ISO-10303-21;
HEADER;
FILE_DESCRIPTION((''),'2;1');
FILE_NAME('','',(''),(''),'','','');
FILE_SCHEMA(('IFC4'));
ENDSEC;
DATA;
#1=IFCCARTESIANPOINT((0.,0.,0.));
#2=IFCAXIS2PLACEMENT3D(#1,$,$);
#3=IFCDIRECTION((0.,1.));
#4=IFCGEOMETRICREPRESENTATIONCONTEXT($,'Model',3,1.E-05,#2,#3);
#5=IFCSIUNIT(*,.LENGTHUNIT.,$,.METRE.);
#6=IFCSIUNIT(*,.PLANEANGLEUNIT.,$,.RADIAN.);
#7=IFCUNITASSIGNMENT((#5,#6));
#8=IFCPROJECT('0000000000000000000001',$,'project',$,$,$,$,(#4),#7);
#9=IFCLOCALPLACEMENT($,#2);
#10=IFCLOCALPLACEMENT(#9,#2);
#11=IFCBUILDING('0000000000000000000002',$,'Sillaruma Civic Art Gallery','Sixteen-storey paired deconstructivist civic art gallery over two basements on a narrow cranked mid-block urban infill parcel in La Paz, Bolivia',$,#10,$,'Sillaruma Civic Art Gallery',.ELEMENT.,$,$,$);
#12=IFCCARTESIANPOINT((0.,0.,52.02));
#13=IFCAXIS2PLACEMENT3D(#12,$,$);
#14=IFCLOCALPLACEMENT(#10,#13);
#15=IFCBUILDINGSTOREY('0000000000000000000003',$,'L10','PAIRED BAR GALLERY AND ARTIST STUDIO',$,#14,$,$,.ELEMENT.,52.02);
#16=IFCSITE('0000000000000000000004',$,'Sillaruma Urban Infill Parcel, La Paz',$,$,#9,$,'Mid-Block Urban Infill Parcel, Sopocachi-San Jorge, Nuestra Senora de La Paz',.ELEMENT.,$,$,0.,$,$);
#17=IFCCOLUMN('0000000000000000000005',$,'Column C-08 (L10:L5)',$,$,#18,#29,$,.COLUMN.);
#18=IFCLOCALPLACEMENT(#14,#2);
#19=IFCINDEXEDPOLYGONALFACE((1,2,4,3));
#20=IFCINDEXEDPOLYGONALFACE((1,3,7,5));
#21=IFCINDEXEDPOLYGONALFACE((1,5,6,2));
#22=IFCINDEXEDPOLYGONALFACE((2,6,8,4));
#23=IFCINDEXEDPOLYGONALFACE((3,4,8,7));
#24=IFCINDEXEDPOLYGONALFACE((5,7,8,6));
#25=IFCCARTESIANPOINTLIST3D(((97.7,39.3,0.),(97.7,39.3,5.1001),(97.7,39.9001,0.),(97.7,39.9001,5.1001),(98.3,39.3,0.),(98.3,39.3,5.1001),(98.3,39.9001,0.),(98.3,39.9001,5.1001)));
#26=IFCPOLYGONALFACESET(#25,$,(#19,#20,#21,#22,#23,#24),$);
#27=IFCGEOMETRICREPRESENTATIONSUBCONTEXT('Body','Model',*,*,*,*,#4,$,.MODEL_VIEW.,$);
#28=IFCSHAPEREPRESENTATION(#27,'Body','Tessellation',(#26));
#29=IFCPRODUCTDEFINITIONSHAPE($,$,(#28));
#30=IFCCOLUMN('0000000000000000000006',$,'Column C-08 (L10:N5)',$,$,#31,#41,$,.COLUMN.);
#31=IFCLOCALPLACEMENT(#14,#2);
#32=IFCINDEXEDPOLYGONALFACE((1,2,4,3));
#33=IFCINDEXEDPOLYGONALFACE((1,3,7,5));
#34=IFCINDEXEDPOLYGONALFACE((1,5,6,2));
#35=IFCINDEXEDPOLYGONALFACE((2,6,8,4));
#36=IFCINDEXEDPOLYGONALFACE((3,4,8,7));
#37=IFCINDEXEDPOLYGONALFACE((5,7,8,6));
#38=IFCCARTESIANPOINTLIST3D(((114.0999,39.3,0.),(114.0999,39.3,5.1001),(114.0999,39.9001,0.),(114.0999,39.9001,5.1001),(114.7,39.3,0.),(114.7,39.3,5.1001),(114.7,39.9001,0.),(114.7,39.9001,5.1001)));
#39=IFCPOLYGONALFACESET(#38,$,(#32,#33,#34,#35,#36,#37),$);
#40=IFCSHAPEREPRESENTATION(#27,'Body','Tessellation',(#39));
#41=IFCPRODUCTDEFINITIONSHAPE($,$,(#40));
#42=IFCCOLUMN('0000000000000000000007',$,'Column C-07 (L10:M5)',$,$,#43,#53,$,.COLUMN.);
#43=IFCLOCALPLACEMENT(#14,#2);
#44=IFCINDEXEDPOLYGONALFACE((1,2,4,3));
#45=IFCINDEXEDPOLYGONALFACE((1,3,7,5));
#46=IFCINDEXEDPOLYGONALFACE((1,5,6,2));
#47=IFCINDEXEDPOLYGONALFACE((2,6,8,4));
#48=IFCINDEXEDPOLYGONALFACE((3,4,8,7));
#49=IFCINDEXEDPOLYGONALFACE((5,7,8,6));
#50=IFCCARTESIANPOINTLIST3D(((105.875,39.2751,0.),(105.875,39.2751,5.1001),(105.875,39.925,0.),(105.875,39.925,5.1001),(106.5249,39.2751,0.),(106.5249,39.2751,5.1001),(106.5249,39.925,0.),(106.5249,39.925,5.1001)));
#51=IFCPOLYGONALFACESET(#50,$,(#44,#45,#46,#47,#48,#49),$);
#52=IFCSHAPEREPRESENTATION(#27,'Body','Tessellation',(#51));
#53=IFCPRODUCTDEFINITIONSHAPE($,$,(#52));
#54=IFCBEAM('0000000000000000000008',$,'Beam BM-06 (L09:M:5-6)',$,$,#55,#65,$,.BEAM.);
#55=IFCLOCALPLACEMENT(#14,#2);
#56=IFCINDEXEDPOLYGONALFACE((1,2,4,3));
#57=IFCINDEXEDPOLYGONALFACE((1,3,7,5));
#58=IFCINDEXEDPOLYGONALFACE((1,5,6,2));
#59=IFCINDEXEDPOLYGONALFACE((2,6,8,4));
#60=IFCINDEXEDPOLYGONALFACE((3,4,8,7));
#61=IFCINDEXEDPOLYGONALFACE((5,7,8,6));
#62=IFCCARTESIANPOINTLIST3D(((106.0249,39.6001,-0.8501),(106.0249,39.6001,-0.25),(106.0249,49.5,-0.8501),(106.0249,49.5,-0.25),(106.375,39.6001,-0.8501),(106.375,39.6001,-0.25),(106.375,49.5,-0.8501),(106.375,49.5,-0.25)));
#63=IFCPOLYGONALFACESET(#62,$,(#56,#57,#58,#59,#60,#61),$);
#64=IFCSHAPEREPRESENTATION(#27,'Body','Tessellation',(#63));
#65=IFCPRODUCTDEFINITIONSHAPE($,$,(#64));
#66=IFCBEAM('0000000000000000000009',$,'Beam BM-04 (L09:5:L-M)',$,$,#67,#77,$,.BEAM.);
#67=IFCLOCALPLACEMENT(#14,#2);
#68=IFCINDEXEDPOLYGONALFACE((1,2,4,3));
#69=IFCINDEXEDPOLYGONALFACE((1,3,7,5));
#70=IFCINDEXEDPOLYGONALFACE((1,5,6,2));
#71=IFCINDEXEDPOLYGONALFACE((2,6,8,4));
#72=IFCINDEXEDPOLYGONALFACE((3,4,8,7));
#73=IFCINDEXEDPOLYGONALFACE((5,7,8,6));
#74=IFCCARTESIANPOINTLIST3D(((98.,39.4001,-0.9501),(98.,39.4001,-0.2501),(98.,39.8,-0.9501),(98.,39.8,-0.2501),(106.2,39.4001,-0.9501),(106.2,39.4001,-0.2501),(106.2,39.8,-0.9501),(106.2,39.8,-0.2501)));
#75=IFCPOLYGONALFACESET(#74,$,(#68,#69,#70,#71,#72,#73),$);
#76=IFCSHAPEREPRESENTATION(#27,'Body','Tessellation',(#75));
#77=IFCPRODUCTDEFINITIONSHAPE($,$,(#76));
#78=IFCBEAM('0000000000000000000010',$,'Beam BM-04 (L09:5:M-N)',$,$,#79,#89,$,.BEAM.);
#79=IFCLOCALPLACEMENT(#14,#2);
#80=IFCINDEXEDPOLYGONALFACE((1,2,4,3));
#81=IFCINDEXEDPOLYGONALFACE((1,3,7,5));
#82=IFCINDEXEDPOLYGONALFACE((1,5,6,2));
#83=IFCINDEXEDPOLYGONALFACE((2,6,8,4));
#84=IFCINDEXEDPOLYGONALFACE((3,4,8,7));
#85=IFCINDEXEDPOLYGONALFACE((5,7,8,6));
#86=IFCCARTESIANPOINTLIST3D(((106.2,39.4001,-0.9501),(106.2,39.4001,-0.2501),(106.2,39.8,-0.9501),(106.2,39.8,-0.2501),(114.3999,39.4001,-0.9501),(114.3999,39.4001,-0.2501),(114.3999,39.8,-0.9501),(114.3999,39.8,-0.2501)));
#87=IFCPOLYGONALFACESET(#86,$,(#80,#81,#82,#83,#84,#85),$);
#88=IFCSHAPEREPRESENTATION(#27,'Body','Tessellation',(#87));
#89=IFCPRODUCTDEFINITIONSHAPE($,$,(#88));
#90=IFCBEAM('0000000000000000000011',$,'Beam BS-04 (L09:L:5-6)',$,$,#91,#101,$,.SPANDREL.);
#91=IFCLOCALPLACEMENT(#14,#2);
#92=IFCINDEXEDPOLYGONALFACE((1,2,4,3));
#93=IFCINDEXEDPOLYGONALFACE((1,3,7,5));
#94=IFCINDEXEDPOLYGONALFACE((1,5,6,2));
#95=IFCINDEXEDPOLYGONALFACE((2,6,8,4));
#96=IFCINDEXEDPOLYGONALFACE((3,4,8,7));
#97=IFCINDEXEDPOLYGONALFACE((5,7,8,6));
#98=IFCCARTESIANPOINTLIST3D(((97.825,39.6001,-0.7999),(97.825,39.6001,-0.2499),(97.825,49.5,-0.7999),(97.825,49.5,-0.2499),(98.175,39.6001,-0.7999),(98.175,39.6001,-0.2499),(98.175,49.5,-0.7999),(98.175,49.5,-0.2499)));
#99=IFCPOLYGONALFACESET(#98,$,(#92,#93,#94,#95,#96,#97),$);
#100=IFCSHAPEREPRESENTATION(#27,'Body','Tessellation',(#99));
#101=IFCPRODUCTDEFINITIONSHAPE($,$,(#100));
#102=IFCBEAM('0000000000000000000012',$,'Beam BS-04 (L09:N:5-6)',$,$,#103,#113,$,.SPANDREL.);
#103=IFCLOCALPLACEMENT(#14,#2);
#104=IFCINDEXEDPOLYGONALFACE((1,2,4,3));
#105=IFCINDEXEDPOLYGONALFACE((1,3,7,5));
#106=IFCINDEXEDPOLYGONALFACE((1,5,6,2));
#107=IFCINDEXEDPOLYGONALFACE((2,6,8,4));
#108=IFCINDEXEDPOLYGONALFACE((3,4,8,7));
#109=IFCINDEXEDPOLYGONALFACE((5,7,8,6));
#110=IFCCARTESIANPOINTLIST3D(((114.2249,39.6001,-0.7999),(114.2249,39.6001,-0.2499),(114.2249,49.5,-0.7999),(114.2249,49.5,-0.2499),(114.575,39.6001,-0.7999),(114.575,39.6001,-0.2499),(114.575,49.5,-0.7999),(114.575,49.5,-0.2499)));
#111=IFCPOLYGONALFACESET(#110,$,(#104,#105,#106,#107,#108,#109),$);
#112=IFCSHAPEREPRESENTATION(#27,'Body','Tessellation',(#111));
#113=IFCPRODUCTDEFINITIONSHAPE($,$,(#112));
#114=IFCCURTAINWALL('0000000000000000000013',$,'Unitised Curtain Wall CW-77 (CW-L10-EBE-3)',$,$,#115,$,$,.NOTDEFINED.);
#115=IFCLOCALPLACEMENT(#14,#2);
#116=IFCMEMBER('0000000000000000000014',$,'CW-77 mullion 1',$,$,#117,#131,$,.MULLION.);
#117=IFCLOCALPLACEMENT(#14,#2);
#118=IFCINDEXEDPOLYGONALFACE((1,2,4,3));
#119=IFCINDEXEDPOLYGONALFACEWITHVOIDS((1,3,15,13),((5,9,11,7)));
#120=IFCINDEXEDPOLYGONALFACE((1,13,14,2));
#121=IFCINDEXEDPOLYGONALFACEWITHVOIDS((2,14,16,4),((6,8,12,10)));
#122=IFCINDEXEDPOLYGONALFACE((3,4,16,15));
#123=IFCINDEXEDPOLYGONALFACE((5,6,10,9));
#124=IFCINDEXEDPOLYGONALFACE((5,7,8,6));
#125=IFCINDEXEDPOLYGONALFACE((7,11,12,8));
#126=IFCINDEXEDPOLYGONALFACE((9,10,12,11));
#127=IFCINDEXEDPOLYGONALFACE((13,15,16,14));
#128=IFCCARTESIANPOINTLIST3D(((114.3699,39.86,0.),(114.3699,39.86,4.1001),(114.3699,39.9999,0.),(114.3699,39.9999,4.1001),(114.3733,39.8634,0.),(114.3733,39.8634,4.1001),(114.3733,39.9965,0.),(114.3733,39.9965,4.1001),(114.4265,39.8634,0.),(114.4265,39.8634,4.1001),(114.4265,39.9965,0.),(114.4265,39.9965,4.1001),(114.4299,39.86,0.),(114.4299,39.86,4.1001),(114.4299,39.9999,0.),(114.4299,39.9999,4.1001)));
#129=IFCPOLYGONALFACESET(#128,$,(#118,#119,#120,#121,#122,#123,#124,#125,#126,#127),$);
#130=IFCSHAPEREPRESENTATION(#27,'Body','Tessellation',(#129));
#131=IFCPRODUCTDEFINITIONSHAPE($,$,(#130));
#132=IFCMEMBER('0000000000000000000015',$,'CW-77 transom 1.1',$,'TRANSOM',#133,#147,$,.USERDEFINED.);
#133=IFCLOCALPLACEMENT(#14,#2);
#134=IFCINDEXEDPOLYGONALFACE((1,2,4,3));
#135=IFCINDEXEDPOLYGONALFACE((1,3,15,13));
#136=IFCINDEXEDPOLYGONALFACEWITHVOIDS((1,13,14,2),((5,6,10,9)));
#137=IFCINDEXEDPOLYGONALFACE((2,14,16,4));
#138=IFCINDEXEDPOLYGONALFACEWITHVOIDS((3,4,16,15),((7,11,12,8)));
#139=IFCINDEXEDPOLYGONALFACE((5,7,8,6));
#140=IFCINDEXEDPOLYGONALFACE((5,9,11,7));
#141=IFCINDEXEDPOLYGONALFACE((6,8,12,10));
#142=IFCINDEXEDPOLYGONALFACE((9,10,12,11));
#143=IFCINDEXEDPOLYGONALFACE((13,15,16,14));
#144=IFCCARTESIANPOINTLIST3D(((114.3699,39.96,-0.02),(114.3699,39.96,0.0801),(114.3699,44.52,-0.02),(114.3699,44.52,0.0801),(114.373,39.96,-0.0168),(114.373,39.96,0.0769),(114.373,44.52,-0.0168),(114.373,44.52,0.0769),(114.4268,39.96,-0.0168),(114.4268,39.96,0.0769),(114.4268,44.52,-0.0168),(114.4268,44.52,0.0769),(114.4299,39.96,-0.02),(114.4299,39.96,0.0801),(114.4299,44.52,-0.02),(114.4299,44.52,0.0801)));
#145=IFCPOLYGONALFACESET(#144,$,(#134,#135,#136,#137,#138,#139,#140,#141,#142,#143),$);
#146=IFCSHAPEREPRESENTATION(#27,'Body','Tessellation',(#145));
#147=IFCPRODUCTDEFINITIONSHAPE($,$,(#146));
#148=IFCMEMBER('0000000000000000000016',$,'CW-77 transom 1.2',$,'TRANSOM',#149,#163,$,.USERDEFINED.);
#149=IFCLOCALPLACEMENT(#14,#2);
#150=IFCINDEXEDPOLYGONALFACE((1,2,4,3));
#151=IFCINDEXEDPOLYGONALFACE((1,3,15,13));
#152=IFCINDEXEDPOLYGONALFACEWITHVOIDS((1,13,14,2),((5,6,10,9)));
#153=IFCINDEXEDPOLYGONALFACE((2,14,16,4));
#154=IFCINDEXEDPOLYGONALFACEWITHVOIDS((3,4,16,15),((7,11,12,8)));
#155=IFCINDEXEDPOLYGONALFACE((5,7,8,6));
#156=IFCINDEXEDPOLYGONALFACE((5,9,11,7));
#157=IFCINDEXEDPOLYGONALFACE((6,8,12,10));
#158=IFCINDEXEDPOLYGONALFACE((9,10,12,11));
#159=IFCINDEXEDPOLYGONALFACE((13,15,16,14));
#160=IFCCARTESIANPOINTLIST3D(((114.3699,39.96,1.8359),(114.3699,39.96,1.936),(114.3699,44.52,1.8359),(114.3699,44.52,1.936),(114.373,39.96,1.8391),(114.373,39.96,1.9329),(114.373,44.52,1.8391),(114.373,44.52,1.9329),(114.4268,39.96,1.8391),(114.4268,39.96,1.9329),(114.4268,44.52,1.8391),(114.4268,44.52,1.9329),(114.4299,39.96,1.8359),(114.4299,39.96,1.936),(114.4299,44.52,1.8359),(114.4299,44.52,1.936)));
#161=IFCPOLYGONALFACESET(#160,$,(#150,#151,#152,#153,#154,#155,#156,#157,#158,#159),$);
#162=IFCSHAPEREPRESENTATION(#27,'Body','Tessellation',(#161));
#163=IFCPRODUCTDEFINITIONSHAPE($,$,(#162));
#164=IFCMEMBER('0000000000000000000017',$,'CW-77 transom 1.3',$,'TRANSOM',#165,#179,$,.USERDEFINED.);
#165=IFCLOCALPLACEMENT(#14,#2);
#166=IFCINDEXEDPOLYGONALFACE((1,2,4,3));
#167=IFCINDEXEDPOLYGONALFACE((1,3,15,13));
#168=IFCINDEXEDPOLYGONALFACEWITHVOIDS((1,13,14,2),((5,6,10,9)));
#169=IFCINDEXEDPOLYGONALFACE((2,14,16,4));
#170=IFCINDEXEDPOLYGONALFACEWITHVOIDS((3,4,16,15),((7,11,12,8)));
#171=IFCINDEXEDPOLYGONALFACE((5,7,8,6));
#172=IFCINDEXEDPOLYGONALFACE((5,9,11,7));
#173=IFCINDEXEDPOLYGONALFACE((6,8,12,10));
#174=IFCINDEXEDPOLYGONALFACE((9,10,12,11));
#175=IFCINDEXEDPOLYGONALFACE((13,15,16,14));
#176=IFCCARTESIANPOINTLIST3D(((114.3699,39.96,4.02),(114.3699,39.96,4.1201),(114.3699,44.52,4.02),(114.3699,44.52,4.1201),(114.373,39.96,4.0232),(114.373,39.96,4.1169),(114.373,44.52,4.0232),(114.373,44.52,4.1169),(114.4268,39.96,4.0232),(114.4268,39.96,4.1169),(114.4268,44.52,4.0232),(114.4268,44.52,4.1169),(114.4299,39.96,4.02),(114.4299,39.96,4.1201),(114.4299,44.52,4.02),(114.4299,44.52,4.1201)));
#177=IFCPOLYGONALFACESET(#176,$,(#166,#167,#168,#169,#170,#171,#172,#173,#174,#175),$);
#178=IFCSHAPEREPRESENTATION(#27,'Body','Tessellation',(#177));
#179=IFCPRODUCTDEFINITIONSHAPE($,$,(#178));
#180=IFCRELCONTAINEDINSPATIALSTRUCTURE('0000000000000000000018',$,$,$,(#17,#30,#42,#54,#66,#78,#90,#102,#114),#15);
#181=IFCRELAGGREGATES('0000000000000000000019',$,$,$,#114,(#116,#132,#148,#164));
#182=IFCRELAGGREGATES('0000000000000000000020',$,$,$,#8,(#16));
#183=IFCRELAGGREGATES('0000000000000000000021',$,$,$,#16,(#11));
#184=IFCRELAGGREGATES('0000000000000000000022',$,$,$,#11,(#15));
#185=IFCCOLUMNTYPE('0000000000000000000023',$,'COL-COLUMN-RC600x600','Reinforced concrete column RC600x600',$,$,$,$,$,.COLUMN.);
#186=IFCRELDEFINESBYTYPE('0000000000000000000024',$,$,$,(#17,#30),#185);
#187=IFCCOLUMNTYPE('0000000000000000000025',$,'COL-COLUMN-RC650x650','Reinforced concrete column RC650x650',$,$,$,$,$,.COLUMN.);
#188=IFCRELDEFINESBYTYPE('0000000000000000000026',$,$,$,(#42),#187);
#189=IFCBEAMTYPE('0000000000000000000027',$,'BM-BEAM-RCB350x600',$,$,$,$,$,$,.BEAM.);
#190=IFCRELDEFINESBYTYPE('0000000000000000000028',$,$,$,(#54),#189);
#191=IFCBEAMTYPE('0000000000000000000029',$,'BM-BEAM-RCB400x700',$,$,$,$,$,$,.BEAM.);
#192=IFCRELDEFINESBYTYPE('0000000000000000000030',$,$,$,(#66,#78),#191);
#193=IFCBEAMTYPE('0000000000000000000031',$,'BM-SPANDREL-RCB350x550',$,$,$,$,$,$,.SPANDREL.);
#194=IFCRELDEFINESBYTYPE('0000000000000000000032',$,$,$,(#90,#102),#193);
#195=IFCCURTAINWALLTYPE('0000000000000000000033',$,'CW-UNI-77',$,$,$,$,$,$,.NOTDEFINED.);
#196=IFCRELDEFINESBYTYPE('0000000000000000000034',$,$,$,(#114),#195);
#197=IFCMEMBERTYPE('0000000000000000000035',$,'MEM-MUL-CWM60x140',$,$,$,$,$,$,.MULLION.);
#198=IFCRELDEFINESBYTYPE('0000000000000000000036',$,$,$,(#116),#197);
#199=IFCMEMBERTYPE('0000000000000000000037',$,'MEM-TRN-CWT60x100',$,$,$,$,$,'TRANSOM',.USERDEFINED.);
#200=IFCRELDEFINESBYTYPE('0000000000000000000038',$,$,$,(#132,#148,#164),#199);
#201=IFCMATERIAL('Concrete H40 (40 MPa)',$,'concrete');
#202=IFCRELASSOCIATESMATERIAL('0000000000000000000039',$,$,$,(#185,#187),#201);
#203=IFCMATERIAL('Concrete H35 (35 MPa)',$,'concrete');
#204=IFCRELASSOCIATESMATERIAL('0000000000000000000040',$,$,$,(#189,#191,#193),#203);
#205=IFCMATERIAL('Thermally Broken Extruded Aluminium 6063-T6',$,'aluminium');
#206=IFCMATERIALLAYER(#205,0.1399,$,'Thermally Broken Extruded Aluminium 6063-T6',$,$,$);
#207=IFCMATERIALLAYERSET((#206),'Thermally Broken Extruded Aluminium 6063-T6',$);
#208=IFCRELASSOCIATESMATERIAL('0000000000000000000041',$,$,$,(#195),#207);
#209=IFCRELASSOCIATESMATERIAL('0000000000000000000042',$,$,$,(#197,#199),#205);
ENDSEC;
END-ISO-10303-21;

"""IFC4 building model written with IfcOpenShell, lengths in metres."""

from ifc_helpers import new_model, si_unit, direction, frame, origin, origin_2d, place, context, subcontext, project, spatial, rectangle, hollow_rectangle, extrude, material, layer, layer_set, material_profile, profile_set, type_object, element, aggregate, save


model = new_model("IFC4")

# Units and contexts
model_context = context("Model", 3, precision=1e-05, world=origin(), true_north=direction((0.0, 1.0)))
body_context = subcontext(model_context, "Body", "Model", "MODEL_VIEW")
ifc_project = project(units=[si_unit("LENGTHUNIT", "METRE"), si_unit("PLANEANGLEUNIT", "RADIAN")], contexts=[model_context])

# Site, building, storey
site_placement = place(None, origin())
site = spatial("IfcSite", under=ifc_project, at=site_placement, Name="Sillaruma Urban Infill Parcel, La Paz", LongName="Mid-Block Urban Infill Parcel, Sopocachi-San Jorge, Nuestra Senora de La Paz", CompositionType="ELEMENT", RefElevation=0.0)
building_placement = place(site_placement, origin())
building = spatial("IfcBuilding", under=site, at=building_placement, Name="Sillaruma Civic Art Gallery", Description="Sixteen-storey paired deconstructivist civic art gallery over two basements on a narrow cranked mid-block urban infill parcel in La Paz, Bolivia", LongName="Sillaruma Civic Art Gallery", CompositionType="ELEMENT")
storey_placement = place(building_placement, frame((0.0, 0.0, 52.02)))
storey = spatial("IfcBuildingStorey", under=building, at=storey_placement, Name="L10", Description="PAIRED BAR GALLERY AND ARTIST STUDIO", CompositionType="ELEMENT", Elevation=52.02)

# Columns
ifc_material_1 = material(Name="Concrete H40 (40 MPa)", Category="concrete")
ifc_material_profile_1 = material_profile(ifc_material_1, rectangle(XDim=0.6001, YDim=0.6001, at=origin_2d()), Name="RC600x600")
ifc_profile_set_1 = profile_set([ifc_material_profile_1], Name="Concrete H40 (40 MPa)")
column_type_1 = type_object("IfcColumnType", Name="COL-COLUMN-RC600x600", Description="Reinforced concrete column RC600x600", PredefinedType="COLUMN", material=ifc_profile_set_1)
for number, where, z_axis, x_axis, name in (
    (1, (98.0, 39.6001, 0.0), (0.0, 0.0, 1.0), (1.0, 0.0, 0.0), "Column C-08 (L10:L5)"),
    (2, (114.3999, 39.6001, 0.0), (0.0, 0.0, 1.0), (1.0, 0.0, 0.0), "Column C-08 (L10:N5)"),
):
    element("IfcColumn", number, at=place(storey_placement, frame(where, z_axis=z_axis, x_axis=x_axis)), inside=storey, type_object=column_type_1, Name=name, PredefinedType="COLUMN", context=body_context, shape_type="SweptSolid", body=[
        extrude(rectangle(XDim=0.6001, YDim=0.6001, at=origin_2d()), origin(), (0.0, 0.0, 1.0), 5.1001),
    ])
ifc_material_profile_2 = material_profile(ifc_material_1, rectangle(XDim=0.6499, YDim=0.6499, at=origin_2d()), Name="RC650x650")
ifc_profile_set_2 = profile_set([ifc_material_profile_2], Name="Concrete H40 (40 MPa)")
column_type_2 = type_object("IfcColumnType", Name="COL-COLUMN-RC650x650", Description="Reinforced concrete column RC650x650", PredefinedType="COLUMN", material=ifc_profile_set_2)
column_placement = place(storey_placement, frame((106.2, 39.6001, 0.0), z_axis=(0.0, 0.0, 1.0), x_axis=(1.0, 0.0, 0.0)))
element("IfcColumn", 3, at=column_placement, inside=storey, type_object=column_type_2, Name="Column C-07 (L10:M5)", PredefinedType="COLUMN", context=body_context, shape_type="SweptSolid", body=[
    extrude(rectangle(XDim=0.6499, YDim=0.6499, at=origin_2d()), origin(), (0.0, 0.0, 1.0), 5.1001),
])

# Beams
ifc_material_2 = material(Name="Concrete H35 (35 MPa)", Category="concrete")
ifc_material_profile_3 = material_profile(ifc_material_2, rectangle(XDim=0.3501, YDim=0.6001, at=origin_2d()), Name="RCB350x600")
ifc_profile_set_3 = profile_set([ifc_material_profile_3], Name="Concrete H35 (35 MPa)")
beam_type_1 = type_object("IfcBeamType", Name="BM-BEAM-RCB350x600", PredefinedType="BEAM", material=ifc_profile_set_3)
beam_placement = place(storey_placement, frame((106.2, 39.6001, -0.55), z_axis=(0.0, 1.0, 0.0), x_axis=(-1.0, 0.0, 0.0)))
element("IfcBeam", 4, at=beam_placement, inside=storey, type_object=beam_type_1, Name="Beam BM-06 (L09:M:5-6)", PredefinedType="BEAM", context=body_context, shape_type="SweptSolid", body=[
    extrude(rectangle(XDim=0.3501, YDim=0.6001, at=origin_2d()), origin(), (0.0, 0.0, 1.0), 9.8999),
])
ifc_material_profile_4 = material_profile(ifc_material_2, rectangle(XDim=0.3999, YDim=0.7, at=origin_2d()), Name="RCB400x700")
ifc_profile_set_4 = profile_set([ifc_material_profile_4], Name="Concrete H35 (35 MPa)")
beam_type_2 = type_object("IfcBeamType", Name="BM-BEAM-RCB400x700", PredefinedType="BEAM", material=ifc_profile_set_4)
for number, where, z_axis, x_axis, name in (
    (5, (98.0, 39.6001, -0.6001), (1.0, 0.0, 0.0), (0.0, 1.0, 0.0), "Beam BM-04 (L09:5:L-M)"),
    (6, (106.2, 39.6001, -0.6001), (1.0, 0.0, 0.0), (0.0, 1.0, 0.0), "Beam BM-04 (L09:5:M-N)"),
):
    element("IfcBeam", number, at=place(storey_placement, frame(where, z_axis=z_axis, x_axis=x_axis)), inside=storey, type_object=beam_type_2, Name=name, PredefinedType="BEAM", context=body_context, shape_type="SweptSolid", body=[
        extrude(rectangle(XDim=0.3999, YDim=0.7, at=origin_2d()), origin(), (0.0, 0.0, 1.0), 8.2),
    ])
ifc_material_profile_5 = material_profile(ifc_material_2, rectangle(XDim=0.3501, YDim=0.55, at=origin_2d()), Name="RCB350x550")
ifc_profile_set_5 = profile_set([ifc_material_profile_5], Name="Concrete H35 (35 MPa)")
beam_type_3 = type_object("IfcBeamType", Name="BM-SPANDREL-RCB350x550", PredefinedType="SPANDREL", material=ifc_profile_set_5)
for number, where, z_axis, x_axis, name in (
    (7, (98.0, 39.6001, -0.5249), (0.0, 1.0, 0.0), (-1.0, 0.0, 0.0), "Beam BS-04 (L09:L:5-6)"),
    (8, (114.3999, 39.6001, -0.5249), (0.0, 1.0, 0.0), (-1.0, 0.0, 0.0), "Beam BS-04 (L09:N:5-6)"),
):
    element("IfcBeam", number, at=place(storey_placement, frame(where, z_axis=z_axis, x_axis=x_axis)), inside=storey, type_object=beam_type_3, Name=name, PredefinedType="SPANDREL", context=body_context, shape_type="SweptSolid", body=[
        extrude(rectangle(XDim=0.3501, YDim=0.55, at=origin_2d()), origin(), (0.0, 0.0, 1.0), 9.8999),
    ])

# Curtain wall, members
ifc_material_3 = material(Name="Thermally Broken Extruded Aluminium 6063-T6", Category="aluminium")
ifc_layer_1 = layer(ifc_material_3, 0.1399, Name="Thermally Broken Extruded Aluminium 6063-T6")
ifc_layer_set_1 = layer_set([ifc_layer_1], Name="Thermally Broken Extruded Aluminium 6063-T6")
curtain_wall_type = type_object("IfcCurtainWallType", Name="CW-UNI-77", PredefinedType="NOTDEFINED", material=ifc_layer_set_1)
curtain_wall_placement = place(storey_placement, origin())
curtain_wall = element("IfcCurtainWall", 9, at=curtain_wall_placement, inside=storey, type_object=curtain_wall_type, Name="Unitised Curtain Wall CW-77 (CW-L10-EBE-3)", PredefinedType="NOTDEFINED")
ifc_material_profile_6 = material_profile(ifc_material_3, hollow_rectangle(XDim=0.0601, YDim=0.1399, WallThickness=0.0034, at=origin_2d()), Name="CWM60x140")
ifc_profile_set_6 = profile_set([ifc_material_profile_6], Name="Thermally Broken Extruded Aluminium 6063-T6")
member_type_1 = type_object("IfcMemberType", Name="MEM-MUL-CWM60x140", PredefinedType="MULLION", material=ifc_profile_set_6)
member_1_placement = place(storey_placement, frame((114.3999, 39.9299, 0.0), z_axis=(0.0, 0.0, 1.0), x_axis=(-1.0, 0.0, 0.0)))
member_1 = element("IfcMember", 10, at=member_1_placement, type_object=member_type_1, Name="CW-77 mullion 1", PredefinedType="MULLION", context=body_context, shape_type="SweptSolid", body=[
    extrude(hollow_rectangle(XDim=0.0601, YDim=0.1399, WallThickness=0.0034, at=origin_2d()), origin(), (0.0, 0.0, 1.0), 4.1001),
])
ifc_material_profile_7 = material_profile(ifc_material_3, hollow_rectangle(XDim=0.0601, YDim=0.1001, WallThickness=0.0032, at=origin_2d()), Name="CWT60x100")
ifc_profile_set_7 = profile_set([ifc_material_profile_7], Name="Thermally Broken Extruded Aluminium 6063-T6")
member_type_2 = type_object("IfcMemberType", Name="MEM-TRN-CWT60x100", ElementType="TRANSOM", PredefinedType="USERDEFINED", material=ifc_profile_set_7)
member_2_placement = place(storey_placement, frame((114.3999, 39.96, 0.03), z_axis=(0.0, 1.0, 0.0), x_axis=(-1.0, 0.0, 0.0)))
member_2 = element("IfcMember", 11, at=member_2_placement, type_object=member_type_2, Name="CW-77 transom 1.1", ObjectType="TRANSOM", PredefinedType="USERDEFINED", context=body_context, shape_type="SweptSolid", body=[
    extrude(hollow_rectangle(XDim=0.0601, YDim=0.1001, WallThickness=0.0032, at=origin_2d()), origin(), (0.0, 0.0, 1.0), 4.5601),
])
member_3_placement = place(storey_placement, frame((114.3999, 39.96, 1.886), z_axis=(0.0, 1.0, 0.0), x_axis=(-1.0, 0.0, 0.0)))
member_3 = element("IfcMember", 12, at=member_3_placement, type_object=member_type_2, Name="CW-77 transom 1.2", ObjectType="TRANSOM", PredefinedType="USERDEFINED", context=body_context, shape_type="SweptSolid", body=[
    extrude(hollow_rectangle(XDim=0.0601, YDim=0.1001, WallThickness=0.0032, at=origin_2d()), origin(), (0.0, 0.0, 1.0), 4.5601),
])
member_4_placement = place(storey_placement, frame((114.3999, 39.96, 4.0701), z_axis=(0.0, 1.0, 0.0), x_axis=(-1.0, 0.0, 0.0)))
member_4 = element("IfcMember", 13, at=member_4_placement, type_object=member_type_2, Name="CW-77 transom 1.3", ObjectType="TRANSOM", PredefinedType="USERDEFINED", context=body_context, shape_type="SweptSolid", body=[
    extrude(hollow_rectangle(XDim=0.0601, YDim=0.1001, WallThickness=0.0032, at=origin_2d()), origin(), (0.0, 0.0, 1.0), 4.5601),
])
aggregate(curtain_wall, [member_1, member_2, member_3, member_4])

save(model, "model.ifc")
